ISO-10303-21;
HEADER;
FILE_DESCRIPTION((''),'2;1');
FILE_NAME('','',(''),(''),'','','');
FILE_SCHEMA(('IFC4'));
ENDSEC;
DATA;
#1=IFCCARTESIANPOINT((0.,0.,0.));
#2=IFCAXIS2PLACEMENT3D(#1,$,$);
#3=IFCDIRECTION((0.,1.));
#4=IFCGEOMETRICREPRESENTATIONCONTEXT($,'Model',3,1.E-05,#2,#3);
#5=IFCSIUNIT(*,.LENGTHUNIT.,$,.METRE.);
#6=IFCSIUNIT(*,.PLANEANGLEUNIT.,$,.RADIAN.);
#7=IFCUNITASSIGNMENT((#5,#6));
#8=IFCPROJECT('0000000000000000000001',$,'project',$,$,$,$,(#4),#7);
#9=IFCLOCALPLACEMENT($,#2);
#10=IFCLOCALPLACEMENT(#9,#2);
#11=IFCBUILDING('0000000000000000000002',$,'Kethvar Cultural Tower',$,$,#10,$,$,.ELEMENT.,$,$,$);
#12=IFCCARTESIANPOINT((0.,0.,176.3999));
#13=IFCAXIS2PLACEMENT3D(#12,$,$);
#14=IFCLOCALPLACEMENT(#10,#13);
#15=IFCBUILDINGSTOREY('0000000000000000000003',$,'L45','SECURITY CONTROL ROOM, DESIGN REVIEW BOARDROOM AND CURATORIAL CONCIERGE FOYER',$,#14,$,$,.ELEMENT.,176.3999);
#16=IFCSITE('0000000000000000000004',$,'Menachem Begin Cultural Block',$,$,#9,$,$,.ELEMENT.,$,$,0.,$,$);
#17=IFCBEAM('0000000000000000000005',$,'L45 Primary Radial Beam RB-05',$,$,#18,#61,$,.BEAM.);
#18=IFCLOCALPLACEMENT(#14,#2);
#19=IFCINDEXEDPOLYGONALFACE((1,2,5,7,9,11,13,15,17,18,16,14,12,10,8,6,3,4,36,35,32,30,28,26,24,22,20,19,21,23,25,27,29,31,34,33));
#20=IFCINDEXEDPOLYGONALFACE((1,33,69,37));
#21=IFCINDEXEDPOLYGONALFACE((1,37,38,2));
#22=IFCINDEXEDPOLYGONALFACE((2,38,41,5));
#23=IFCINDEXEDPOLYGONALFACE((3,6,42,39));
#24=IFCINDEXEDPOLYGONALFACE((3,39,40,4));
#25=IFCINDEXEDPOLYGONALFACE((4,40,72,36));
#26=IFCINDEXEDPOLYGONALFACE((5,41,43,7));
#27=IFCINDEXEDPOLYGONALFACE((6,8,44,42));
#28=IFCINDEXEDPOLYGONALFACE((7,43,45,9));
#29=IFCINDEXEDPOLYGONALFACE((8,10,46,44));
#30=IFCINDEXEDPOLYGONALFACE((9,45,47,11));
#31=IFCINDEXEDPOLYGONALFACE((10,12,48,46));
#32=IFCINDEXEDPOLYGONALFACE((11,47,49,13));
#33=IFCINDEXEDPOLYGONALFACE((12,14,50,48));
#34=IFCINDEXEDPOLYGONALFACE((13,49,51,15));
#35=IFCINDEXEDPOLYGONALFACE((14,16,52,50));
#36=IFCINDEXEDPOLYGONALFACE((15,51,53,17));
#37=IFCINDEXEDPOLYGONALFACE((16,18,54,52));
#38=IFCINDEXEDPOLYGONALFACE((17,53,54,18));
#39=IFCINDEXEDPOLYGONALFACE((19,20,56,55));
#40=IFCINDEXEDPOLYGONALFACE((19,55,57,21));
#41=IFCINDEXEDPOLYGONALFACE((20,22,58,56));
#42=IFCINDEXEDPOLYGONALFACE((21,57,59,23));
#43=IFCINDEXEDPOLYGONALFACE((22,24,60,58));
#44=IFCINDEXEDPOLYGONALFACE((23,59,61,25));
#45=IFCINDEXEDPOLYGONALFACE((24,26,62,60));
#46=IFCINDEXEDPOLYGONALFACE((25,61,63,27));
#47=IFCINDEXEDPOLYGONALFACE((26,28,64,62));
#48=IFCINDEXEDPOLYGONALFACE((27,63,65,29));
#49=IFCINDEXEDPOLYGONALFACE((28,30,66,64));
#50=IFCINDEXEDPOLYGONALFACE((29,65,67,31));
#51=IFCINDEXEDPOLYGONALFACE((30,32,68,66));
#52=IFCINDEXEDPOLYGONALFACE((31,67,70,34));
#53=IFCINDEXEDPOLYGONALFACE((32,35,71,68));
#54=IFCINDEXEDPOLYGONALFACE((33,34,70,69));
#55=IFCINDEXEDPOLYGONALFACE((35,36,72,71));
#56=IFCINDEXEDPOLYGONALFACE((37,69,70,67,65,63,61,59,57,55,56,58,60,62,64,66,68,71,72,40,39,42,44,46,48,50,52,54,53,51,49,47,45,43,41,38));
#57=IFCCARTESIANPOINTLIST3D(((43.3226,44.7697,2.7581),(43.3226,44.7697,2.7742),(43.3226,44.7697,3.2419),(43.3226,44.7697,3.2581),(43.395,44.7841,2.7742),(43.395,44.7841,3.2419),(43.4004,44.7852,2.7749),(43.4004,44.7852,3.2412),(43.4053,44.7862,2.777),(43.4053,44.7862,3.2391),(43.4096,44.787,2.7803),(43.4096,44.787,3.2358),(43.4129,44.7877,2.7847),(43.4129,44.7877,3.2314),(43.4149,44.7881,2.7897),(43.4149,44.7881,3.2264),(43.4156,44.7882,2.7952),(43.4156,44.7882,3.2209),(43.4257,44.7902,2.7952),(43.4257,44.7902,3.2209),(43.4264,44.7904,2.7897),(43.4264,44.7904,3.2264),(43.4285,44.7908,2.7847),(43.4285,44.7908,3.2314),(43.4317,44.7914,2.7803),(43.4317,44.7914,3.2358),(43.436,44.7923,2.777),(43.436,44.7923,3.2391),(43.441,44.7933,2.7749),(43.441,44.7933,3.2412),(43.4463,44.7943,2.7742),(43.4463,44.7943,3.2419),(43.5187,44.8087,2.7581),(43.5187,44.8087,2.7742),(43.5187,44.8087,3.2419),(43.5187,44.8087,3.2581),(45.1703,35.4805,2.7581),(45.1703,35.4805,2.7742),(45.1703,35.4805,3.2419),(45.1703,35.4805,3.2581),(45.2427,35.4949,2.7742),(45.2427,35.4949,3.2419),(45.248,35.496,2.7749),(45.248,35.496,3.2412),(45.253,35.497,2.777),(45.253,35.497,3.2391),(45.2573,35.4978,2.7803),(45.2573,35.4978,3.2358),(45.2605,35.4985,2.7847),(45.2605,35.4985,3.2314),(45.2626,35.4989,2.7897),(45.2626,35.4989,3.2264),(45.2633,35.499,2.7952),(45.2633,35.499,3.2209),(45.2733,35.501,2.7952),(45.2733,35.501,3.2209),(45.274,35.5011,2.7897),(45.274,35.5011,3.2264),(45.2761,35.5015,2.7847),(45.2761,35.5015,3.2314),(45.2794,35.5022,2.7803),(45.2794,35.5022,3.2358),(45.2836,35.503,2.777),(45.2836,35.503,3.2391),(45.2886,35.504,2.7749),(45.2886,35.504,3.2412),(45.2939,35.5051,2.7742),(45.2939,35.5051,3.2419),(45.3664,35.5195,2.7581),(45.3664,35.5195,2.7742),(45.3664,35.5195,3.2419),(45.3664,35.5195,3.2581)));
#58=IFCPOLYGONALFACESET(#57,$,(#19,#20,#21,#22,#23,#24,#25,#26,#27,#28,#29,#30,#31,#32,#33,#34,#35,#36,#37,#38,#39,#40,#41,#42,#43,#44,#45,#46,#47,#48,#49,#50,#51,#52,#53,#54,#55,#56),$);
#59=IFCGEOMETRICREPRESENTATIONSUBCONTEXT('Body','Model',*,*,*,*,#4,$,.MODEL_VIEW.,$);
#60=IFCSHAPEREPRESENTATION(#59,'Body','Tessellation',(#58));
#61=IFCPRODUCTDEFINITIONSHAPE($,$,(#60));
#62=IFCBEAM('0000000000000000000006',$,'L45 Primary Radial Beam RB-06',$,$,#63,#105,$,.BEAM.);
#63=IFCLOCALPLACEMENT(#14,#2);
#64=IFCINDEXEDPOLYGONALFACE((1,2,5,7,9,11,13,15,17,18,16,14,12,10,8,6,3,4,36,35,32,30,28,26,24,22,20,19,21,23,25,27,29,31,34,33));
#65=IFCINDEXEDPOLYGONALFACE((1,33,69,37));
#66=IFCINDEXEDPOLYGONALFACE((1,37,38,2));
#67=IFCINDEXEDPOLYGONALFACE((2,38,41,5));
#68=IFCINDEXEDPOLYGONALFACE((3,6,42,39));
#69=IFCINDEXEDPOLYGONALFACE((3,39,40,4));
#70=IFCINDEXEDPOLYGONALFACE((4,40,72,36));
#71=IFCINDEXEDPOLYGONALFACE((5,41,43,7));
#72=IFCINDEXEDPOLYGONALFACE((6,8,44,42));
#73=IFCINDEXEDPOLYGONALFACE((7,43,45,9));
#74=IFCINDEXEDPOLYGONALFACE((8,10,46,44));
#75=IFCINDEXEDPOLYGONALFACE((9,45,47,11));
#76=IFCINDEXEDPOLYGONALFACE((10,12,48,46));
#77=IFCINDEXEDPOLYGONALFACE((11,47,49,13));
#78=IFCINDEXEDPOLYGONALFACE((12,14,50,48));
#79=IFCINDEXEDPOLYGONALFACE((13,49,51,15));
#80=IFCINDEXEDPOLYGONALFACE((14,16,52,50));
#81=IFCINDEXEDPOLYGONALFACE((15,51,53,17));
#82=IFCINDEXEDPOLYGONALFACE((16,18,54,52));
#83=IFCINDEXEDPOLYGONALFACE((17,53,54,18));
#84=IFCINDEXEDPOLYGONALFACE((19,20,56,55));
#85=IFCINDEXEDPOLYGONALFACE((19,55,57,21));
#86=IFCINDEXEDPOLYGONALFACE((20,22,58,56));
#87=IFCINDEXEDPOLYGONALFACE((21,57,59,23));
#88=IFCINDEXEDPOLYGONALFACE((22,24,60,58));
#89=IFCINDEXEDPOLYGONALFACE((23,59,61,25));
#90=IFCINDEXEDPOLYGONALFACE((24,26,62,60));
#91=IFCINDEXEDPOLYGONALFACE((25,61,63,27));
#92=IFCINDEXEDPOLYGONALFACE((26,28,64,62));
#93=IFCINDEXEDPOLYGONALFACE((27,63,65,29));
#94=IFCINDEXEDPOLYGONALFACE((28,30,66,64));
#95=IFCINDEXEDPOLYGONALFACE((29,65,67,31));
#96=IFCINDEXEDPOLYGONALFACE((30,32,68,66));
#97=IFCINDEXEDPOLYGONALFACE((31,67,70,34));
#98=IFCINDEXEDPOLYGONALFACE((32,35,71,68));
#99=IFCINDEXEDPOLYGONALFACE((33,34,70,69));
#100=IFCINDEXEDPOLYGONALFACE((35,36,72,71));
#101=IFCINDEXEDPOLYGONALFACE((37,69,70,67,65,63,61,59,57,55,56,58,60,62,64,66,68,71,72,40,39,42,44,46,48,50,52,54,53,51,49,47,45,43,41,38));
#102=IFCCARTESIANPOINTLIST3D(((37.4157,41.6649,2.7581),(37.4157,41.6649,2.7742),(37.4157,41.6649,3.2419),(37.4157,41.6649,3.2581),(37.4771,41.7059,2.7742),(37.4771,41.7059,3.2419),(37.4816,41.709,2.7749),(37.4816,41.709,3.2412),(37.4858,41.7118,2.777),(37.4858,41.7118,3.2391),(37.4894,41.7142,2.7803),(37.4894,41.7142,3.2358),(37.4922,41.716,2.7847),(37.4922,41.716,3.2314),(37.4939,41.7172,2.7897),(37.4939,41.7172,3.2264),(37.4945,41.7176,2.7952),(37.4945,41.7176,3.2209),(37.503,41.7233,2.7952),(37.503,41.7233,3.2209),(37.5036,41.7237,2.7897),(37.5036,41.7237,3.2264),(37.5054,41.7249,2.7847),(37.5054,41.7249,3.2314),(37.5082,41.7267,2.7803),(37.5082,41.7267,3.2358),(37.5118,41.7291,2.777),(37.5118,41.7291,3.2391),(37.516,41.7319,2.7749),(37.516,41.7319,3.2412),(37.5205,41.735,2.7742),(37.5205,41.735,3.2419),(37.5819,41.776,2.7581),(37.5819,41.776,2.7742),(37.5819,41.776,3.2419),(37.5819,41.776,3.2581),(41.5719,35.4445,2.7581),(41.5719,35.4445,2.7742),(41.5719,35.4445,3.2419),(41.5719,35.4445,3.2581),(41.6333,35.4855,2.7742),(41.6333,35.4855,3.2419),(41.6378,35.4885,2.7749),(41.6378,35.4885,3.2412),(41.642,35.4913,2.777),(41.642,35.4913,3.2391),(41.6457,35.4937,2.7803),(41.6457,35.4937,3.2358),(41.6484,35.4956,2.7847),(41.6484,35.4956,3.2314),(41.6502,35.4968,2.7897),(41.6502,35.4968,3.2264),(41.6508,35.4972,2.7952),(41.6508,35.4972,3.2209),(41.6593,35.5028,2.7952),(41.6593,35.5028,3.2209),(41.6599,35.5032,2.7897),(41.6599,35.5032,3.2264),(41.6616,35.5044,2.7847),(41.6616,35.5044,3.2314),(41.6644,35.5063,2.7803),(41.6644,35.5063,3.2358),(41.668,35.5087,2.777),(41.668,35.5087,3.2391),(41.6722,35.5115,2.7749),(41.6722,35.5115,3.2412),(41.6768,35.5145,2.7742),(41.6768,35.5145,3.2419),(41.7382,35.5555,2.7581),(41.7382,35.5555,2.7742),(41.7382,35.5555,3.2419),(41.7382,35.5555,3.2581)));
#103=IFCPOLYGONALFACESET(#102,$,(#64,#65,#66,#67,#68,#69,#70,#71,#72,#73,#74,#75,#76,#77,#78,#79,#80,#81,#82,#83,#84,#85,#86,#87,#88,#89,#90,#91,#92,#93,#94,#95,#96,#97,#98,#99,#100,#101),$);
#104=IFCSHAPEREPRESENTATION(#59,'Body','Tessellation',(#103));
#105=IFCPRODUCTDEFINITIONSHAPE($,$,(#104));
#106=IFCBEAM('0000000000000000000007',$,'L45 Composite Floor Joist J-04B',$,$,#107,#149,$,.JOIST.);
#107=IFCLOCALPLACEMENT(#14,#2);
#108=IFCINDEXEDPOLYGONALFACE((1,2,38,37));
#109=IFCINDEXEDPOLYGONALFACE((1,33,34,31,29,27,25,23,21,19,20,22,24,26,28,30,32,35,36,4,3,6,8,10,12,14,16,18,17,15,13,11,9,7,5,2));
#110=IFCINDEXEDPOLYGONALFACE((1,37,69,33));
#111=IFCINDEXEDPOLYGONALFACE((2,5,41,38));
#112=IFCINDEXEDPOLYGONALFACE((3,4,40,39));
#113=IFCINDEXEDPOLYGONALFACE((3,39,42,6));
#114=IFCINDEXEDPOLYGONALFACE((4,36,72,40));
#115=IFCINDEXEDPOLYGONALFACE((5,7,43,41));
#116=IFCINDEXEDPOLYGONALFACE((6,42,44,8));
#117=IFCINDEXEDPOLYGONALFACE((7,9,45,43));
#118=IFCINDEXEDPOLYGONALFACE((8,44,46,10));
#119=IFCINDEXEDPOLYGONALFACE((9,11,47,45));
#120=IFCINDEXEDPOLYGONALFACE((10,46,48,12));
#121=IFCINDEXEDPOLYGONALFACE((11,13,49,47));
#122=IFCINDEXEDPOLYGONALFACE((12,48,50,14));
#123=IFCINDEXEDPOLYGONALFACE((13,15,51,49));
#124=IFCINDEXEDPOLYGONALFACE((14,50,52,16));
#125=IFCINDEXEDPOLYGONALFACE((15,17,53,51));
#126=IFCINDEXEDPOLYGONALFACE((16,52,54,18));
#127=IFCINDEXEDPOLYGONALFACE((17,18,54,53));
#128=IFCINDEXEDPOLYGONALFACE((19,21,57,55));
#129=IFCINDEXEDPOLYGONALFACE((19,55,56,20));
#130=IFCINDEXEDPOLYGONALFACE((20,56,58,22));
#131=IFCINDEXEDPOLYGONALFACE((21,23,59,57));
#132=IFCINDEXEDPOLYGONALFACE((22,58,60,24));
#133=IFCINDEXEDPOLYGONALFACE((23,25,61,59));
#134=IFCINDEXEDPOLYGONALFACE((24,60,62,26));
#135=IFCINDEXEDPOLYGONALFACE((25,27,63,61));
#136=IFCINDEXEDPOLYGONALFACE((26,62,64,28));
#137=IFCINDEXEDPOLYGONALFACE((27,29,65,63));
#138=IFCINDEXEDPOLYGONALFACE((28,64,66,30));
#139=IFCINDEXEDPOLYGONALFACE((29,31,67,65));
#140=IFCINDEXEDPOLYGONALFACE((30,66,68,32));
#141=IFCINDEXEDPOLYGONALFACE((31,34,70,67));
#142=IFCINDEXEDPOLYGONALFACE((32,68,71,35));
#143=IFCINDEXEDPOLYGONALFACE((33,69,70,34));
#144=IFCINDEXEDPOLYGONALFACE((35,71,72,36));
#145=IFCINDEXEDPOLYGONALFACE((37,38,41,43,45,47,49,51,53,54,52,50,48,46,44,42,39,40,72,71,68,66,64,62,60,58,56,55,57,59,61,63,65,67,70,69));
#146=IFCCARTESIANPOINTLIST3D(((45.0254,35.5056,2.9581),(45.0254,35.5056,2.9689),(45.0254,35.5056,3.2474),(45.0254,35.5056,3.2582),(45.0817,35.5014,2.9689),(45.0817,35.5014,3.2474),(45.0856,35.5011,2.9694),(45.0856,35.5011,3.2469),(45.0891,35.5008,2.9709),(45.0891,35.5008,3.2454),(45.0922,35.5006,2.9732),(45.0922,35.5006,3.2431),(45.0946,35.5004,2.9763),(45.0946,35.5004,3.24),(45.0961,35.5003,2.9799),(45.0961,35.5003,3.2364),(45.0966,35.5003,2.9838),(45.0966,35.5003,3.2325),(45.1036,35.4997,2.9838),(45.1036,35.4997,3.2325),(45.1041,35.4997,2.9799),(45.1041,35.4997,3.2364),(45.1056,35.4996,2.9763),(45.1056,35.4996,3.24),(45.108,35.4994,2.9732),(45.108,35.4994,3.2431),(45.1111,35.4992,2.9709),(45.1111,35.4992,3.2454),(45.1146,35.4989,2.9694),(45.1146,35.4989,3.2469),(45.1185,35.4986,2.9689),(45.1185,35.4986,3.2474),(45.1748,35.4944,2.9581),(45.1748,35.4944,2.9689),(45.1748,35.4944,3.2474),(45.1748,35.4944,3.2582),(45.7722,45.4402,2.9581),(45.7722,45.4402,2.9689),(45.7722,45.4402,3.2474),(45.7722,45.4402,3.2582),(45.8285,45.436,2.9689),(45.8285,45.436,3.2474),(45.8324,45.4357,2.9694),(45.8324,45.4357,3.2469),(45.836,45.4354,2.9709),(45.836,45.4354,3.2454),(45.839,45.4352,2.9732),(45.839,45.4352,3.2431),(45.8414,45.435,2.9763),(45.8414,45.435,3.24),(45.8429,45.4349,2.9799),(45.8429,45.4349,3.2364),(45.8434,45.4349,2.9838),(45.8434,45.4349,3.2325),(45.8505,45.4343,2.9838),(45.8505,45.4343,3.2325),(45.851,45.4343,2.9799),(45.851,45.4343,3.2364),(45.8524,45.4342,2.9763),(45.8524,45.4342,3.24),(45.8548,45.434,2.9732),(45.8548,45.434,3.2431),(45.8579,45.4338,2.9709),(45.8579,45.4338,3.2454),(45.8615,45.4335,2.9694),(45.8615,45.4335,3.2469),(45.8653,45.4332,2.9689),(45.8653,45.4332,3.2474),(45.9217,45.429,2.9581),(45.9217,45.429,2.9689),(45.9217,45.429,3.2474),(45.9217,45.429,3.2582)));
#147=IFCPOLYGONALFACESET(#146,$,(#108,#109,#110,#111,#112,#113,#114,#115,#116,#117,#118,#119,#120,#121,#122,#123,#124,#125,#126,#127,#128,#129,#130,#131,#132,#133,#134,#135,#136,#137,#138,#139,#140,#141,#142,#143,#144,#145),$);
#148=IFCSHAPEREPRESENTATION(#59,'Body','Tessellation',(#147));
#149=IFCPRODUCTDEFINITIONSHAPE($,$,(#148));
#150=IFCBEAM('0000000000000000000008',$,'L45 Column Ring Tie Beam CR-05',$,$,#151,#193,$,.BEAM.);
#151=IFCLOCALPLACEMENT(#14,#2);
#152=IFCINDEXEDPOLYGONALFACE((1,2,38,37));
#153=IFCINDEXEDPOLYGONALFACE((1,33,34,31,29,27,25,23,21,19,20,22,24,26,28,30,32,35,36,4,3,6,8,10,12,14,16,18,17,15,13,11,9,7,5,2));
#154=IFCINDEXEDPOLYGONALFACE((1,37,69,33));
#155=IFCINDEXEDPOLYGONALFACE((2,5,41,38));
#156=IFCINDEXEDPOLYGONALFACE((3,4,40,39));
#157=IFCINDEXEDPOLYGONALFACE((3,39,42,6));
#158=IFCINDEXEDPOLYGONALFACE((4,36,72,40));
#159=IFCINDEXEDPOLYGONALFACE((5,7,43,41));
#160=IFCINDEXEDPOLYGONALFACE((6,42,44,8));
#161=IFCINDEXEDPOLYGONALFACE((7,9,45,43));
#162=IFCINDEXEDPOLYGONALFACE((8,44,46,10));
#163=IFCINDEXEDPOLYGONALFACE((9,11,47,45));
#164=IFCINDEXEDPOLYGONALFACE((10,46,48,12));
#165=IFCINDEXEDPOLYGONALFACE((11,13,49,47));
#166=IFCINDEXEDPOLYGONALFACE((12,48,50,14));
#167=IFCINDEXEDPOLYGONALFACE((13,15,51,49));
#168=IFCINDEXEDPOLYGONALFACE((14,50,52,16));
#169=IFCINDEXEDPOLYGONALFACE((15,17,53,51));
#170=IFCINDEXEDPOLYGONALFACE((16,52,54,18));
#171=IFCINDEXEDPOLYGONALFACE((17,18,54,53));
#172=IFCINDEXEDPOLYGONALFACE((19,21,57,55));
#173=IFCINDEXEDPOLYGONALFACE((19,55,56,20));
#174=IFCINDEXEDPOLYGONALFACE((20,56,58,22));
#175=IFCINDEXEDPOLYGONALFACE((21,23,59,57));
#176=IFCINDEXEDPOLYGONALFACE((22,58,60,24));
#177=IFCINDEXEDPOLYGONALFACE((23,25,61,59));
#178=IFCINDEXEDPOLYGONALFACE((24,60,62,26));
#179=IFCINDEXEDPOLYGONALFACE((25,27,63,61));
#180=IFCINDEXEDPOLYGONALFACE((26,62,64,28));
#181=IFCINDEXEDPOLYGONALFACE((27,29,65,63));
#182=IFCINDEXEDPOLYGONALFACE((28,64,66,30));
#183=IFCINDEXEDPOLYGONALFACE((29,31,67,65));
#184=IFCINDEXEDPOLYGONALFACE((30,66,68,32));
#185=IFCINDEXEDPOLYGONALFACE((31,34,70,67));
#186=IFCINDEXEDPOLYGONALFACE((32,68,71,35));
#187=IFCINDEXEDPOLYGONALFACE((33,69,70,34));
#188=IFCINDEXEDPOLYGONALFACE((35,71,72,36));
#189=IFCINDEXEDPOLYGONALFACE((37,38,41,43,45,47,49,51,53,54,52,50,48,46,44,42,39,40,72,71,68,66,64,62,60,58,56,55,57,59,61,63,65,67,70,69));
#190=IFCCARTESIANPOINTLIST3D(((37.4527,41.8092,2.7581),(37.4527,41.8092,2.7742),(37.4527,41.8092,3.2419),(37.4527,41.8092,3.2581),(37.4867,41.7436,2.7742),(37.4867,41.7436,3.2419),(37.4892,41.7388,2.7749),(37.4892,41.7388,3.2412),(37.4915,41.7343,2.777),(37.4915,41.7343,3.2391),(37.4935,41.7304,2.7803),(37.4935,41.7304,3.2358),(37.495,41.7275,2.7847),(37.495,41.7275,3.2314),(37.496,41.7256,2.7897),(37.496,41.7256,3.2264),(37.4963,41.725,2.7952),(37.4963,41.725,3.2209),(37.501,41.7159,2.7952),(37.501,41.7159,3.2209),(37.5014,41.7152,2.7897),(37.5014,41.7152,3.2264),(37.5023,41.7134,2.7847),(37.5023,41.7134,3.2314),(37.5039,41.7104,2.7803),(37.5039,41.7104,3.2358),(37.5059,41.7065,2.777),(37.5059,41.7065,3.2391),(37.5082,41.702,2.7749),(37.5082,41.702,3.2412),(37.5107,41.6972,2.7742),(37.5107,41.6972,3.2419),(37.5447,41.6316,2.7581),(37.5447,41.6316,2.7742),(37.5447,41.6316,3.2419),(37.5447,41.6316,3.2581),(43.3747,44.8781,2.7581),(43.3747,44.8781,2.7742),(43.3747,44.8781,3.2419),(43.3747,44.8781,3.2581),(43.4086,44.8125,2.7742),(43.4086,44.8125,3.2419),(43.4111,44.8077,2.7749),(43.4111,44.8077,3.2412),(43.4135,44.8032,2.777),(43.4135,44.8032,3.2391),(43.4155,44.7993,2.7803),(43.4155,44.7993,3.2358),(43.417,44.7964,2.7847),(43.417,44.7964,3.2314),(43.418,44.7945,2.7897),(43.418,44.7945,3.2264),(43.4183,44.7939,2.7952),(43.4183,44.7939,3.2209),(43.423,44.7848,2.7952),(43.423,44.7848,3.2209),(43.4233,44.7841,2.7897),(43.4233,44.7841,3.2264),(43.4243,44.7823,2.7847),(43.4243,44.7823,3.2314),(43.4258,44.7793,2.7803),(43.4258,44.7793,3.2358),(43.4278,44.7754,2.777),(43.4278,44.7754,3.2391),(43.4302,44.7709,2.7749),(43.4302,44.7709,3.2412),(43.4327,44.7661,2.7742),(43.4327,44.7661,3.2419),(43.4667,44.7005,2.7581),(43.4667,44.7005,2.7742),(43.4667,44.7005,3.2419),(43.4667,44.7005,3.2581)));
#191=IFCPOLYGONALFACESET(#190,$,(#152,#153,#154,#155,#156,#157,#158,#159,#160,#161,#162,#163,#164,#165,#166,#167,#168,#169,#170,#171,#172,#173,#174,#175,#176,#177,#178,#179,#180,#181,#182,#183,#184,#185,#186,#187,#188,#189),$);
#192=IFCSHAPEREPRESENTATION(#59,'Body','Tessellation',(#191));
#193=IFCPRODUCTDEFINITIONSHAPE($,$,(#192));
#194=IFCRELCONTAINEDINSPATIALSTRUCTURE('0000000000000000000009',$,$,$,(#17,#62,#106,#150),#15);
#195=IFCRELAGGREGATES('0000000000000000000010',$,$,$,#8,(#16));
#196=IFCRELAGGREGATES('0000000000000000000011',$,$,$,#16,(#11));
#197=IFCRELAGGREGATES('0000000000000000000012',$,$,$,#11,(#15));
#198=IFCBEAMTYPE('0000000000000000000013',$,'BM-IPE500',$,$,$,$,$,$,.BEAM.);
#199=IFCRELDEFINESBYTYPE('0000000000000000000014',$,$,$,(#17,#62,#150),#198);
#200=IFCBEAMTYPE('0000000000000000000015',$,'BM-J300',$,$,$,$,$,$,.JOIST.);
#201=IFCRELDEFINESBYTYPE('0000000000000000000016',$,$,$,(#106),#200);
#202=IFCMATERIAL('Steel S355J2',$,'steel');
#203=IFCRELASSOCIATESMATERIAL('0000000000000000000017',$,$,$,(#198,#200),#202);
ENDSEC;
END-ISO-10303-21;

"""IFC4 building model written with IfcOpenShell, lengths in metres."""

from ifc_helpers import new_model, si_unit, direction, frame, origin, origin_2d, place, context, subcontext, project, spatial, i_section, extrude, source, transform, mapped, material, material_profile, profile_set, type_object, element, save


model = new_model("IFC4")

# Units and contexts
model_context = context("Model", 3, precision=1e-05, world=origin(), true_north=direction((0.0, 1.0)))
body_context = subcontext(model_context, "Body", "Model", "MODEL_VIEW")
ifc_project = project(units=[si_unit("LENGTHUNIT", "METRE"), si_unit("PLANEANGLEUNIT", "RADIAN")], contexts=[model_context])

# Site, building, storey
site_placement = place(None, origin())
site = spatial("IfcSite", under=ifc_project, at=site_placement, Name="Menachem Begin Cultural Block", CompositionType="ELEMENT", RefElevation=0.0)
building_placement = place(site_placement, origin())
building = spatial("IfcBuilding", under=site, at=building_placement, Name="Kethvar Cultural Tower", CompositionType="ELEMENT")
storey_placement = place(building_placement, frame((0.0, 0.0, 176.3999)))
storey = spatial("IfcBuildingStorey", under=building, at=storey_placement, Name="L45", Description="SECURITY CONTROL ROOM, DESIGN REVIEW BOARDROOM AND CURATORIAL CONCIERGE FOYER", CompositionType="ELEMENT", Elevation=176.3999)

# Beams
ifc_material_1 = material(Name="Steel S355J2", Category="steel")
ifc_material_profile_1 = material_profile(ifc_material_1, i_section(OverallWidth=0.2, OverallDepth=0.5, WebThickness=0.0103, FlangeThickness=0.0161, FilletRadius=0.021, at=origin_2d()), Name="Steel S355J2 — IPE500")
ifc_profile_set_1 = profile_set([ifc_material_profile_1], Name="Steel S355J2 — IPE500")
beam_type_1 = type_object("IfcBeamType", Name="BM-IPE500", PredefinedType="BEAM", material=ifc_profile_set_1)
shared_shape_1 = source(origin(), body_context, "Body", "SweptSolid", [
    extrude(i_section(OverallWidth=0.2, OverallDepth=0.5, WebThickness=0.0103, FlangeThickness=0.0161, FilletRadius=0.021, at=origin_2d()), origin(), (0.0, 0.0, 1.0), 9.4712),
])
beam_1_placement = place(storey_placement, frame((45.2683, 35.5, 3.0081), z_axis=(-0.19508, 0.980787, 0.0), x_axis=(-0.980787, -0.19508, 0.0)))
element("IfcBeam", 1, at=beam_1_placement, inside=storey, type_object=beam_type_1, Name="L45 Primary Radial Beam RB-05", PredefinedType="BEAM", context=body_context, shape_type="MappedRepresentation", body=[
    mapped(shared_shape_1, transform((0.0, 0.0, 0.0), scale=1.0)),
])
shared_shape_2 = source(origin(), body_context, "Body", "SweptSolid", [
    extrude(i_section(OverallWidth=0.2, OverallDepth=0.5, WebThickness=0.0103, FlangeThickness=0.0161, FilletRadius=0.021, at=origin_2d()), origin(), (0.0, 0.0, 1.0), 7.4812),
])
beam_2_placement = place(storey_placement, frame((41.655, 35.5, 3.0081), z_axis=(-0.555558, 0.831478, 0.0), x_axis=(-0.831478, -0.555558, 0.0)))
element("IfcBeam", 2, at=beam_2_placement, inside=storey, type_object=beam_type_1, Name="L45 Primary Radial Beam RB-06", PredefinedType="BEAM", context=body_context, shape_type="MappedRepresentation", body=[
    mapped(shared_shape_2, transform((0.0, 0.0, 0.0), scale=1.0)),
])
ifc_material_profile_2 = material_profile(ifc_material_1, i_section(OverallWidth=0.1499, OverallDepth=0.3, WebThickness=0.0071, FlangeThickness=0.0107, FilletRadius=0.0149, at=origin_2d()), Name="Steel S355J2 — IPE300")
ifc_profile_set_2 = profile_set([ifc_material_profile_2], Name="Steel S355J2 — IPE300")
beam_type_2 = type_object("IfcBeamType", Name="BM-J300", PredefinedType="JOIST", material=ifc_profile_set_2)
shared_shape_3 = source(origin(), body_context, "Body", "SweptSolid", [
    extrude(i_section(OverallWidth=0.1499, OverallDepth=0.3, WebThickness=0.0071, FlangeThickness=0.0107, FilletRadius=0.0149, at=origin_2d()), origin(), (0.0, 0.0, 1.0), 9.9626),
])
beam_3_placement = place(storey_placement, frame((45.1001, 35.5, 3.1082), z_axis=(0.074963, 0.997186, 0.0), x_axis=(-0.997186, 0.074963, 0.0)))
element("IfcBeam", 3, at=beam_3_placement, inside=storey, type_object=beam_type_2, Name="L45 Composite Floor Joist J-04B", PredefinedType="JOIST", context=body_context, shape_type="MappedRepresentation", body=[
    mapped(shared_shape_3, transform((0.0, 0.0, 0.0), scale=1.0)),
])
shared_shape_4 = source(origin(), body_context, "Body", "SweptSolid", [
    extrude(i_section(OverallWidth=0.2, OverallDepth=0.5, WebThickness=0.0103, FlangeThickness=0.0161, FilletRadius=0.021, at=origin_2d()), origin(), (0.0, 0.0, 1.0), 6.6699),
])
beam_4_placement = place(storey_placement, frame((43.4207, 44.7893, 3.0081), z_axis=(-0.887862, -0.46011, 0.0), x_axis=(0.46011, -0.887862, 0.0)))
element("IfcBeam", 4, at=beam_4_placement, inside=storey, type_object=beam_type_1, Name="L45 Column Ring Tie Beam CR-05", PredefinedType="BEAM", context=body_context, shape_type="MappedRepresentation", body=[
    mapped(shared_shape_4, transform((0.0, 0.0, 0.0), scale=1.0)),
])

save(model, "model.ifc")
